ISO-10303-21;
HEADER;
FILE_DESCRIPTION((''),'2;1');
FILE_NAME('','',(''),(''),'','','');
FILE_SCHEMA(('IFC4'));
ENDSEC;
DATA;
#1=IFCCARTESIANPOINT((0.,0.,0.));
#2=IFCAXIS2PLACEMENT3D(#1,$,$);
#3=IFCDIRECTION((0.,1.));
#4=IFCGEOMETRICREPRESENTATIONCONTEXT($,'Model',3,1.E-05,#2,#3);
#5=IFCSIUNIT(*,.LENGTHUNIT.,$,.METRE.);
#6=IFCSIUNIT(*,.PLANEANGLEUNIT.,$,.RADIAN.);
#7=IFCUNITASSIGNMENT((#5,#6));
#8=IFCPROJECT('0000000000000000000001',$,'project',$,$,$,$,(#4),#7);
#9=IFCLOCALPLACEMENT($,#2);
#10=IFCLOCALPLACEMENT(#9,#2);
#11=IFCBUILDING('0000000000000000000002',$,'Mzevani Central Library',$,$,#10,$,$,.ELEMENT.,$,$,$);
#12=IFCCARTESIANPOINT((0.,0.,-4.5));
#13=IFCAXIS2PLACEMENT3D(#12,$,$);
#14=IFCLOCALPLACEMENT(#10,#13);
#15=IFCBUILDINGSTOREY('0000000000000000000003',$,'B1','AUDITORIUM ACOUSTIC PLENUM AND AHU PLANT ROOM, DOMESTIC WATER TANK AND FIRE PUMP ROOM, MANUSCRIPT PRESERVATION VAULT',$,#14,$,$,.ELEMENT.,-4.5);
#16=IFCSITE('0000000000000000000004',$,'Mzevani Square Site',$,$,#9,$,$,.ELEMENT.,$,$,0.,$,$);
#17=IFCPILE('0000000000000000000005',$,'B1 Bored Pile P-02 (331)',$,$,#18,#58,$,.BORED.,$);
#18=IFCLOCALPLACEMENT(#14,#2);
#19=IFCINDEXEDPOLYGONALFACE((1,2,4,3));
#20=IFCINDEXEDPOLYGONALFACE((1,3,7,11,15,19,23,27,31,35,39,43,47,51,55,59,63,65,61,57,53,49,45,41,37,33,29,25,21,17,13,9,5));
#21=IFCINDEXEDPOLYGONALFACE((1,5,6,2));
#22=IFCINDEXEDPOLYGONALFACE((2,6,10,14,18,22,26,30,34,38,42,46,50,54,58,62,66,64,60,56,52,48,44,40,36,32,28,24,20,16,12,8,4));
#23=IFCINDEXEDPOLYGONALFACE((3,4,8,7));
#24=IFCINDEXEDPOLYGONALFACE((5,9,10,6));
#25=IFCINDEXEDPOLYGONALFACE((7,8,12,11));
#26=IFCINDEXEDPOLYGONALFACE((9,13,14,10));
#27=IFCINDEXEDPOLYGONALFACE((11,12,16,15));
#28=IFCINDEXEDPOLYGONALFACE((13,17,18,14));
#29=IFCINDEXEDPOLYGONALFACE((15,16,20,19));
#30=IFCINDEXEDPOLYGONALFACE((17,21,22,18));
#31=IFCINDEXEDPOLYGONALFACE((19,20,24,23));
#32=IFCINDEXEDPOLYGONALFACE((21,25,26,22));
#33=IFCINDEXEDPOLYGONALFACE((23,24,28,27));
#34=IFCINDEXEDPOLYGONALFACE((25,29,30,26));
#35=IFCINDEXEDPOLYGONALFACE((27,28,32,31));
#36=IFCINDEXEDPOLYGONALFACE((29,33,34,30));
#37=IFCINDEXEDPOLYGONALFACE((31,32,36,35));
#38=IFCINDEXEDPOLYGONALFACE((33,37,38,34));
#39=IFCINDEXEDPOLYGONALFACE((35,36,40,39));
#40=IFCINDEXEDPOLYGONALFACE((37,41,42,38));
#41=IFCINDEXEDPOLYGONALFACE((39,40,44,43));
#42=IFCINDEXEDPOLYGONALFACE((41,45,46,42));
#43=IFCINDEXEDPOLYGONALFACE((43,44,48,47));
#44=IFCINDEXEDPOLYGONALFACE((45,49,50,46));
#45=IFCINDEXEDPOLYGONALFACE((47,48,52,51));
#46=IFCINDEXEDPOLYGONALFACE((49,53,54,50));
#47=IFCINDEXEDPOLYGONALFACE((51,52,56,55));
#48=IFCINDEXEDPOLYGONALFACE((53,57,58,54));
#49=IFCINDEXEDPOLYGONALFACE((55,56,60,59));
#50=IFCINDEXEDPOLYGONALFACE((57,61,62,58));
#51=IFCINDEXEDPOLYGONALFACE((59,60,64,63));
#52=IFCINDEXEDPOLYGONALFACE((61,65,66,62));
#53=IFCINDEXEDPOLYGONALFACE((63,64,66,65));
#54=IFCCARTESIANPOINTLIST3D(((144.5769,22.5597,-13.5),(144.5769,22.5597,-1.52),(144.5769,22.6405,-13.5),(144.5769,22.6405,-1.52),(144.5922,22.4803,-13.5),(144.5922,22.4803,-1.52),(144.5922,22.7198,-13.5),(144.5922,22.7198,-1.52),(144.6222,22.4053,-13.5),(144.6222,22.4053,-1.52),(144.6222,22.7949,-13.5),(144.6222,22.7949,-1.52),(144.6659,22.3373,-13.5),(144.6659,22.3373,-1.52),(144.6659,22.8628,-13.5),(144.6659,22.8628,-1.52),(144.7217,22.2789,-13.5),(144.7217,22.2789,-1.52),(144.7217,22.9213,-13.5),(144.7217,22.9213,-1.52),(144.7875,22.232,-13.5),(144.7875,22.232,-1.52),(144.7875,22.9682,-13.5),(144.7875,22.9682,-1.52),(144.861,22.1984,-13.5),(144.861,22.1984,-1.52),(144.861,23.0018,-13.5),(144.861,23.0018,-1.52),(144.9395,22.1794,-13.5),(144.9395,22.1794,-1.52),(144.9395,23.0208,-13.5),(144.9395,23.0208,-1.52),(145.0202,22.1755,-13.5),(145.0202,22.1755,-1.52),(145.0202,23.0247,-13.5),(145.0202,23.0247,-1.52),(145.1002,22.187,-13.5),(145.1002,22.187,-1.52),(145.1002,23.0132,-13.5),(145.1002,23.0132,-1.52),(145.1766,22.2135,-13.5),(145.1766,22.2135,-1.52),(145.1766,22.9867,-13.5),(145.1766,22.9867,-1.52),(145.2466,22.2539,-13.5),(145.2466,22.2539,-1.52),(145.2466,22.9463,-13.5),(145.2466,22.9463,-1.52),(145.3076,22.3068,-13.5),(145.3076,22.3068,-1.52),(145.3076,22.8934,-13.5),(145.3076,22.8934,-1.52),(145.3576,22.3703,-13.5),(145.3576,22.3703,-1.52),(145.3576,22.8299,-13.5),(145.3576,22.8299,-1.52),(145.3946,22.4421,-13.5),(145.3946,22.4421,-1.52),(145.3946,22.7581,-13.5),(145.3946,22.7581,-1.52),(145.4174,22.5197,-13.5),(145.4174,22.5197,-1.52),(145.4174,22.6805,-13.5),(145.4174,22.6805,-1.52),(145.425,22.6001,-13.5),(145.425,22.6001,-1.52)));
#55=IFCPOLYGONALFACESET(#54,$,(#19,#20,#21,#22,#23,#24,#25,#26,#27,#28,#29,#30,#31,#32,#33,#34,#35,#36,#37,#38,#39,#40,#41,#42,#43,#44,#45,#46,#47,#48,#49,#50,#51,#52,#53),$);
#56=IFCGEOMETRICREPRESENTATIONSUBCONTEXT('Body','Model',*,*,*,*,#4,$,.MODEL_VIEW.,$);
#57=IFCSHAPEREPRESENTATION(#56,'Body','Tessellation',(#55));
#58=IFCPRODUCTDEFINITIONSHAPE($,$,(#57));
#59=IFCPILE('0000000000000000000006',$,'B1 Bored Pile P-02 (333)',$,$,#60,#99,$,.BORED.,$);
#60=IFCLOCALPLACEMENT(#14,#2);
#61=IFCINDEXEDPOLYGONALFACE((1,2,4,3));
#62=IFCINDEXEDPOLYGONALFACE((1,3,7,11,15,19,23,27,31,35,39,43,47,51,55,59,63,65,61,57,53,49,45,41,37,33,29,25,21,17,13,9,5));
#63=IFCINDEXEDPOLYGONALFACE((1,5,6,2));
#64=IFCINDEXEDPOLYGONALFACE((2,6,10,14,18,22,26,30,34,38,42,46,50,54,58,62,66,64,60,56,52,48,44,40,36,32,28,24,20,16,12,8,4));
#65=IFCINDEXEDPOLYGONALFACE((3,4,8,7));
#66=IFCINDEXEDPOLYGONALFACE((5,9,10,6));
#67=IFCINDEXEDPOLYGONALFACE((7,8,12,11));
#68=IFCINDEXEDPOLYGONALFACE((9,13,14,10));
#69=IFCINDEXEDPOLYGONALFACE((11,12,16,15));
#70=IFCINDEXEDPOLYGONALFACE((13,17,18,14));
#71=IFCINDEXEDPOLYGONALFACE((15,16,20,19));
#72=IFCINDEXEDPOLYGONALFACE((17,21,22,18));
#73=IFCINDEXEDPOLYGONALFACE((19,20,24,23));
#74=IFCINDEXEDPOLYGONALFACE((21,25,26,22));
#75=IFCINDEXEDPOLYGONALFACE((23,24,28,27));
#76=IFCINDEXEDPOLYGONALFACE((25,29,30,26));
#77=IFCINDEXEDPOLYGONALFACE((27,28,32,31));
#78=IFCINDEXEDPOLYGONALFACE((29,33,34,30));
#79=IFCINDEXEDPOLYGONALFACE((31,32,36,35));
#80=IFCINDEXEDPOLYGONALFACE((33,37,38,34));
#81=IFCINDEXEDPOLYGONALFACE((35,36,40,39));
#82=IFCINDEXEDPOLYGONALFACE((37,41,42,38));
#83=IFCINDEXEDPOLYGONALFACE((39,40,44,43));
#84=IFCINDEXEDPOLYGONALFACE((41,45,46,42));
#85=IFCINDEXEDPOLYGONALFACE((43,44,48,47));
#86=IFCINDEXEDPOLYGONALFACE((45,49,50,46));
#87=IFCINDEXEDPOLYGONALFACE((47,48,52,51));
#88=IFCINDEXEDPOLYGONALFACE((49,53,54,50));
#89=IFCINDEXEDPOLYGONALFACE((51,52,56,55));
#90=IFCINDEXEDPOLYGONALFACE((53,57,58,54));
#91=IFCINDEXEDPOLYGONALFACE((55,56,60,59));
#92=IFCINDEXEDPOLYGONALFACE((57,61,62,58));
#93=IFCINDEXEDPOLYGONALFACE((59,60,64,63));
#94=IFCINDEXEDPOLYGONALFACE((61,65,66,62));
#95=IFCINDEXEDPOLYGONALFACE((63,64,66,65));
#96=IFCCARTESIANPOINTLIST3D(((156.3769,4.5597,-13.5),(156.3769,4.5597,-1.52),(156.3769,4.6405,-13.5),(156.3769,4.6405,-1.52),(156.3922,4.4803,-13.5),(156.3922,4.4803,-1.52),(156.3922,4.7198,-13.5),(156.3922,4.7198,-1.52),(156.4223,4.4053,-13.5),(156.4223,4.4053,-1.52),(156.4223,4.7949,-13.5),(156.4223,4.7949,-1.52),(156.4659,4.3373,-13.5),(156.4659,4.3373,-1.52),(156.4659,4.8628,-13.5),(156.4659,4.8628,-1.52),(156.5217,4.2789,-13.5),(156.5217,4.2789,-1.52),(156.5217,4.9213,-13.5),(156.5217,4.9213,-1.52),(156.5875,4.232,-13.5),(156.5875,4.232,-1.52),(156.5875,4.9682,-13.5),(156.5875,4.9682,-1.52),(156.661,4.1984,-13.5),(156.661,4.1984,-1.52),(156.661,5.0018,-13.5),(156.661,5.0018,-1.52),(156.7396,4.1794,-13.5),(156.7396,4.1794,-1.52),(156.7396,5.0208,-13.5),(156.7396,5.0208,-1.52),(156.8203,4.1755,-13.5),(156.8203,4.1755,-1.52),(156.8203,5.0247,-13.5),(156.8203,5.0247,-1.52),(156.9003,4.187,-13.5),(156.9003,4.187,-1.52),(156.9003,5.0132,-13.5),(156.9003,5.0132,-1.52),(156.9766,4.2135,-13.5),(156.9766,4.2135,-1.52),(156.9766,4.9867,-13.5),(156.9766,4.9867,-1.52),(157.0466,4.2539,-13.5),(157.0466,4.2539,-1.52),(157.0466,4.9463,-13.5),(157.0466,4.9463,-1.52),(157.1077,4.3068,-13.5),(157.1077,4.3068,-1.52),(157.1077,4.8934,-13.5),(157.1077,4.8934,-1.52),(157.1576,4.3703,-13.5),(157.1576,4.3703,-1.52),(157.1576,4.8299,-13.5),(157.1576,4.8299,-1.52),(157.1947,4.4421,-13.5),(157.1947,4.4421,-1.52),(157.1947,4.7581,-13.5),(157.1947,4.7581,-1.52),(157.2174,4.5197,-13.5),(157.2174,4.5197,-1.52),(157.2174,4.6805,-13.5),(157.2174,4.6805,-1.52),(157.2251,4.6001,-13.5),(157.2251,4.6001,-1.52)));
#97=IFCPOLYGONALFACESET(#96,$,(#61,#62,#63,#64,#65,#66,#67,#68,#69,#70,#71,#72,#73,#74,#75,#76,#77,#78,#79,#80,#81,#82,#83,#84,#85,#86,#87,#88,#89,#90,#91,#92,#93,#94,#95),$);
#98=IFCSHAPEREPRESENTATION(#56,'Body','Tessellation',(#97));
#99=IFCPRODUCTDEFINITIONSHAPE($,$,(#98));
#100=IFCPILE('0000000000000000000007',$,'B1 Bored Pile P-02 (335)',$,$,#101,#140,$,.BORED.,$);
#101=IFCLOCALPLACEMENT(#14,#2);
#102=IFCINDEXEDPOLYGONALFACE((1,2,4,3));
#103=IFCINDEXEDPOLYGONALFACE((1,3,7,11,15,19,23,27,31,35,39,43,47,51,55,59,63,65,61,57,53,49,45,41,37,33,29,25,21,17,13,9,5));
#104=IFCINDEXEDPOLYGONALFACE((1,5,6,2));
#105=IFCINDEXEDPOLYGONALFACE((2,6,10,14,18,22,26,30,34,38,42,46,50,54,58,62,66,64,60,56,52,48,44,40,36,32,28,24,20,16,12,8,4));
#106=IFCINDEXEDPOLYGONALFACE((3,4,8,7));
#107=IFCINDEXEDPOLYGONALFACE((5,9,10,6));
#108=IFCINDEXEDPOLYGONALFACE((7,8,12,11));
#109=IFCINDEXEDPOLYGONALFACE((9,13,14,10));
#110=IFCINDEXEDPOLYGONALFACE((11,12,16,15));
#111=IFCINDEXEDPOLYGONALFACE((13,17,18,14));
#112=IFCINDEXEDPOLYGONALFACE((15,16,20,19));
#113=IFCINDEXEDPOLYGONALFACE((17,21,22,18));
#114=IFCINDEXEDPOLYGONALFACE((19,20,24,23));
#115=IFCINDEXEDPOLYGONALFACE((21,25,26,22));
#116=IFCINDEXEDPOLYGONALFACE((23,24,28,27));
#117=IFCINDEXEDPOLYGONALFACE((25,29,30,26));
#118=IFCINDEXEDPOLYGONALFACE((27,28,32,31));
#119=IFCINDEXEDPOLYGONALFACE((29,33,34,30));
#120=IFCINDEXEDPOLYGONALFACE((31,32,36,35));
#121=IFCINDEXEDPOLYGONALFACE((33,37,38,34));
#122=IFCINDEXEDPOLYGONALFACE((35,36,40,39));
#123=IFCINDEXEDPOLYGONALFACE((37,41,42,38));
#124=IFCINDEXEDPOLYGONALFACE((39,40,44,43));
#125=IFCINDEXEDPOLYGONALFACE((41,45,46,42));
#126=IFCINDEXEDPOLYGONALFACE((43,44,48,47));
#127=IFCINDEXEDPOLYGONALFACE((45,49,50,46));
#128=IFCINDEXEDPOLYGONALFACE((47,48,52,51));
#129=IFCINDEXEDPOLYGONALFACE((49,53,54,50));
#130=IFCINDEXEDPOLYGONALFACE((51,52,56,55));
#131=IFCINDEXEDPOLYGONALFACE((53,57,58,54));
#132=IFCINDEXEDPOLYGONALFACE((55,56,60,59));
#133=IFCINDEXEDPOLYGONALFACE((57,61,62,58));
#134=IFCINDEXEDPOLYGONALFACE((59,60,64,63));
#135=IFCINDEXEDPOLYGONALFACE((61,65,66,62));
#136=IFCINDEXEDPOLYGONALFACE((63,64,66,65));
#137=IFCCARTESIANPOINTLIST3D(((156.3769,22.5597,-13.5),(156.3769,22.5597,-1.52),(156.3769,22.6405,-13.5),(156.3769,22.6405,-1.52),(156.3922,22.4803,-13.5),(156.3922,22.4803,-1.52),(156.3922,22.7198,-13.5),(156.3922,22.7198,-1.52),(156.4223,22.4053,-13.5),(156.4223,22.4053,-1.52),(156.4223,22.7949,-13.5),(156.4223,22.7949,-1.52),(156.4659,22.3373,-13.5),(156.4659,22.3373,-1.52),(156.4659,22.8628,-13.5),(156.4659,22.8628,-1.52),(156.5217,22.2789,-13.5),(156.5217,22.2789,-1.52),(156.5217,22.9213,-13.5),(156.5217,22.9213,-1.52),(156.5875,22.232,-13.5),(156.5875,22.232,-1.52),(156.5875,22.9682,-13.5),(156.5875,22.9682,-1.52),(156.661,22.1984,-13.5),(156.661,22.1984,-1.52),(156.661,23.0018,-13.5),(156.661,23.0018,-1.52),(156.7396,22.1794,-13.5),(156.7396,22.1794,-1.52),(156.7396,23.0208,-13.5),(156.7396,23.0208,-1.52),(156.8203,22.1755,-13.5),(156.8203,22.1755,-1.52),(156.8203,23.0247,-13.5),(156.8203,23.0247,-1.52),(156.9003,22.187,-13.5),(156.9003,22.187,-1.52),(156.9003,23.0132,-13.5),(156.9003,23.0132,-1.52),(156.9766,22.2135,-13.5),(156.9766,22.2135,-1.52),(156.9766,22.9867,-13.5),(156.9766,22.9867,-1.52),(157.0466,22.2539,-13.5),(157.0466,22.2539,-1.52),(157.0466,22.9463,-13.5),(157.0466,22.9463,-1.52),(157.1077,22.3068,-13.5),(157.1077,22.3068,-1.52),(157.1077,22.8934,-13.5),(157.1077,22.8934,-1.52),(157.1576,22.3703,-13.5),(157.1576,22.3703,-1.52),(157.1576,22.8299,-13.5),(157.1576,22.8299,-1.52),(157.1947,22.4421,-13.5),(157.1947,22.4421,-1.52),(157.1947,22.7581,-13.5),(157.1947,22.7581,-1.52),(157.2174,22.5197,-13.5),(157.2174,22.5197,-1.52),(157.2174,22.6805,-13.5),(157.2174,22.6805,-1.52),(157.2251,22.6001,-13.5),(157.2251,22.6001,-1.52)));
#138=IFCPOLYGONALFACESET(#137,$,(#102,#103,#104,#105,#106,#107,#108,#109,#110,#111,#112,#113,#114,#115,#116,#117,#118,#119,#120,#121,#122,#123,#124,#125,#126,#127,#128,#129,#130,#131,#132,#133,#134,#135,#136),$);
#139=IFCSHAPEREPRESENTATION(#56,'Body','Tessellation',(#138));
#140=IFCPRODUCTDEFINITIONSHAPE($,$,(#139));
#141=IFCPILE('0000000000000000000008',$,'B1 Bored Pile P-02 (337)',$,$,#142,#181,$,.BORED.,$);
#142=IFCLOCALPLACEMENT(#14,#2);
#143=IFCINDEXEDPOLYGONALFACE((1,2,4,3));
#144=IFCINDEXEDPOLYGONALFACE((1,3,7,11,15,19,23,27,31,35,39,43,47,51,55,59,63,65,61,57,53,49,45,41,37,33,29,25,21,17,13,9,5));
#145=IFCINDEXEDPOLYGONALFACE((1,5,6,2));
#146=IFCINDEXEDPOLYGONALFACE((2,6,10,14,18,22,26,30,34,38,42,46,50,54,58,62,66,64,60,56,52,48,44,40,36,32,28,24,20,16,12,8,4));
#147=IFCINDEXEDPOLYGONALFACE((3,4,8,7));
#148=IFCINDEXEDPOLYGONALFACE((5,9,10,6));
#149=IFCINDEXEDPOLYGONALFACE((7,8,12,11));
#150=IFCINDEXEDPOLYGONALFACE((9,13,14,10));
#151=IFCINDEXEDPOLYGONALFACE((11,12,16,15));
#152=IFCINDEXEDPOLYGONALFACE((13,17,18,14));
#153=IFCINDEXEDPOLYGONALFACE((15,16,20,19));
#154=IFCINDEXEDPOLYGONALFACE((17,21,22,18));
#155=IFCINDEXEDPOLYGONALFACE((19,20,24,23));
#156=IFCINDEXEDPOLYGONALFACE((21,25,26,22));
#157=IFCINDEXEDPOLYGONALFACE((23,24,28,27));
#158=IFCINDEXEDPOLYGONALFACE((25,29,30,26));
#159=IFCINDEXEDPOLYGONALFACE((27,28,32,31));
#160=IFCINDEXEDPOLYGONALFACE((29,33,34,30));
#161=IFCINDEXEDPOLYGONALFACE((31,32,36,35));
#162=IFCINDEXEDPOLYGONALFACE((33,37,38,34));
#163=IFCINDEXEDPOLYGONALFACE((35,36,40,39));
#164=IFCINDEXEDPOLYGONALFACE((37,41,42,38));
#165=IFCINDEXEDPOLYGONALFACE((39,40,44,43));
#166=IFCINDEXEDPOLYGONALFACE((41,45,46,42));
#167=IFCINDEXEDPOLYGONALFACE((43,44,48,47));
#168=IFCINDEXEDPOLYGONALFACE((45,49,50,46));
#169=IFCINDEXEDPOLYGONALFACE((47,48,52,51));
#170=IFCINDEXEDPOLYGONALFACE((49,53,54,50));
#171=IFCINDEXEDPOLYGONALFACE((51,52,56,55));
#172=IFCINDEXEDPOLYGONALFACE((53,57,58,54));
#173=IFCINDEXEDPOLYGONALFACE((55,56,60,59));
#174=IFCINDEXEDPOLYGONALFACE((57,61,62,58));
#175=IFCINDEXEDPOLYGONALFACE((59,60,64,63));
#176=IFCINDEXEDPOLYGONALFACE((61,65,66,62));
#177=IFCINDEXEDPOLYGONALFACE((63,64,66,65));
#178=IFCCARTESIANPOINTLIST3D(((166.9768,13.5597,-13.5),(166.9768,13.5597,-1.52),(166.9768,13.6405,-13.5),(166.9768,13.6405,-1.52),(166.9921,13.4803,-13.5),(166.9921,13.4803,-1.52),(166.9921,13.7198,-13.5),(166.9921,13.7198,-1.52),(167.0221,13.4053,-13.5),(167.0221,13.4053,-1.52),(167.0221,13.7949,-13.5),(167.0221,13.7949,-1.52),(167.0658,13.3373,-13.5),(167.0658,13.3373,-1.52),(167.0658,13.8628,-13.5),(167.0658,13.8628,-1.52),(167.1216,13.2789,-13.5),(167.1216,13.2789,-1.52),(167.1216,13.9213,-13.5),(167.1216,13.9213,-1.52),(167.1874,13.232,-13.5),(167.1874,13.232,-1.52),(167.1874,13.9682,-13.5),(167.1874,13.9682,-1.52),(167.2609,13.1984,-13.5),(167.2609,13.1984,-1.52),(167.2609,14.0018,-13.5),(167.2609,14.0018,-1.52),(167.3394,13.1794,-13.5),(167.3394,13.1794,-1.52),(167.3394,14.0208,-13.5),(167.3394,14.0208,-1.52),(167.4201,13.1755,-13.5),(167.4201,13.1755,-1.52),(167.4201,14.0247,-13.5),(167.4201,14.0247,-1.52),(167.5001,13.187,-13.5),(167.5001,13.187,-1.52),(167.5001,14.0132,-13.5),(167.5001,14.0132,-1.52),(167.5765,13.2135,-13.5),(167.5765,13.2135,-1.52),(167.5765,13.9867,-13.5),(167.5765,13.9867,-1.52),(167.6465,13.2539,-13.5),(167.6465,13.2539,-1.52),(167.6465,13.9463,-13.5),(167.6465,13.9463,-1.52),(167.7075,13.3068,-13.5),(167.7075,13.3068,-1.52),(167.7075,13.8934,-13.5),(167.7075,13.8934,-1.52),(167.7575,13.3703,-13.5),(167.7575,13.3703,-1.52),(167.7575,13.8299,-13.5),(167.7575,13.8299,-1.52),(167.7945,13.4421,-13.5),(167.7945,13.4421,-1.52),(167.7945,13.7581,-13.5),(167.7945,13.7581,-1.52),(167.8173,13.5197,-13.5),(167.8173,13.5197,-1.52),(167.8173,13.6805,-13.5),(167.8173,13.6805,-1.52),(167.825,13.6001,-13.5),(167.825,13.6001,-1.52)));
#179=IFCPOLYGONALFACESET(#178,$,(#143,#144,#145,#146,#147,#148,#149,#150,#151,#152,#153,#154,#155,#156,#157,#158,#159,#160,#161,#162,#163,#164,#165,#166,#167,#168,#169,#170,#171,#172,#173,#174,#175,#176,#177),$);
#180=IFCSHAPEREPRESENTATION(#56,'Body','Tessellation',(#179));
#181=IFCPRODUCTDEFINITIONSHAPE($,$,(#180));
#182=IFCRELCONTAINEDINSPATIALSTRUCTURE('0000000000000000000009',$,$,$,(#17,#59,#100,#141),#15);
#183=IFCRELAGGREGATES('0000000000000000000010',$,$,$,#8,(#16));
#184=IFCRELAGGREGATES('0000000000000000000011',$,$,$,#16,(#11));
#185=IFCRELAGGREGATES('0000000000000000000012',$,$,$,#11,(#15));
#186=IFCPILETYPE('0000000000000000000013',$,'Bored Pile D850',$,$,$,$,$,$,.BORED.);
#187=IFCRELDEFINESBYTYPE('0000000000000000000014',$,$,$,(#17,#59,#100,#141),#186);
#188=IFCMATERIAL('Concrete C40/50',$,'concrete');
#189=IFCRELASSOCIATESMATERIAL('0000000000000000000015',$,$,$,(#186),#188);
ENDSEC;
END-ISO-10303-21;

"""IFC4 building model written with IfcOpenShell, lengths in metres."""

from ifc_helpers import new_model, si_unit, direction, frame, origin, origin_2d, place, context, subcontext, project, spatial, circle, extrude, material, material_profile, profile_set, type_object, element, save


model = new_model("IFC4")

# Units and contexts
model_context = context("Model", 3, precision=1e-05, world=origin(), true_north=direction((0.0, 1.0)))
body_context = subcontext(model_context, "Body", "Model", "MODEL_VIEW")
ifc_project = project(units=[si_unit("LENGTHUNIT", "METRE"), si_unit("PLANEANGLEUNIT", "RADIAN")], contexts=[model_context])

# Site, building, storey
site_placement = place(None, origin())
site = spatial("IfcSite", under=ifc_project, at=site_placement, Name="Mzevani Square Site", CompositionType="ELEMENT", RefElevation=0.0)
building_placement = place(site_placement, origin())
building = spatial("IfcBuilding", under=site, at=building_placement, Name="Mzevani Central Library", CompositionType="ELEMENT")
storey_placement = place(building_placement, frame((0.0, 0.0, -4.5)))
storey = spatial("IfcBuildingStorey", under=building, at=storey_placement, Name="B1", Description="AUDITORIUM ACOUSTIC PLENUM AND AHU PLANT ROOM, DOMESTIC WATER TANK AND FIRE PUMP ROOM, MANUSCRIPT PRESERVATION VAULT", CompositionType="ELEMENT", Elevation=-4.5)

# Piles
ifc_material_1 = material(Name="Concrete C40/50", Category="concrete")
ifc_material_profile_1 = material_profile(ifc_material_1, circle(Radius=0.425, at=origin_2d()), Name="PILE D850")
ifc_profile_set_1 = profile_set([ifc_material_profile_1], Name="Concrete C40/50")
pile_type_1 = type_object("IfcPileType", Name="Bored Pile D850", PredefinedType="BORED", material=ifc_profile_set_1)
for number, where, z_axis, x_axis, name in (
    (1, (145.0, 22.6001, -1.52), (0.0, 0.0, -1.0), (1.0, 0.0, 0.0), "B1 Bored Pile P-02 (331)"),
    (2, (156.8, 4.6001, -1.52), (0.0, 0.0, -1.0), (1.0, 0.0, 0.0), "B1 Bored Pile P-02 (333)"),
    (3, (156.8, 22.6001, -1.52), (0.0, 0.0, -1.0), (1.0, 0.0, 0.0), "B1 Bored Pile P-02 (335)"),
    (4, (167.3999, 13.6001, -1.52), (0.0, 0.0, -1.0), (1.0, 0.0, 0.0), "B1 Bored Pile P-02 (337)"),
):
    element("IfcPile", number, at=place(storey_placement, frame(where, z_axis=z_axis, x_axis=x_axis)), inside=storey, type_object=pile_type_1, Name=name, PredefinedType="BORED", context=body_context, shape_type="SweptSolid", body=[
        extrude(circle(Radius=0.425, at=origin_2d()), origin(), (0.0, 0.0, 1.0), 11.98),
    ])

save(model, "model.ifc")
